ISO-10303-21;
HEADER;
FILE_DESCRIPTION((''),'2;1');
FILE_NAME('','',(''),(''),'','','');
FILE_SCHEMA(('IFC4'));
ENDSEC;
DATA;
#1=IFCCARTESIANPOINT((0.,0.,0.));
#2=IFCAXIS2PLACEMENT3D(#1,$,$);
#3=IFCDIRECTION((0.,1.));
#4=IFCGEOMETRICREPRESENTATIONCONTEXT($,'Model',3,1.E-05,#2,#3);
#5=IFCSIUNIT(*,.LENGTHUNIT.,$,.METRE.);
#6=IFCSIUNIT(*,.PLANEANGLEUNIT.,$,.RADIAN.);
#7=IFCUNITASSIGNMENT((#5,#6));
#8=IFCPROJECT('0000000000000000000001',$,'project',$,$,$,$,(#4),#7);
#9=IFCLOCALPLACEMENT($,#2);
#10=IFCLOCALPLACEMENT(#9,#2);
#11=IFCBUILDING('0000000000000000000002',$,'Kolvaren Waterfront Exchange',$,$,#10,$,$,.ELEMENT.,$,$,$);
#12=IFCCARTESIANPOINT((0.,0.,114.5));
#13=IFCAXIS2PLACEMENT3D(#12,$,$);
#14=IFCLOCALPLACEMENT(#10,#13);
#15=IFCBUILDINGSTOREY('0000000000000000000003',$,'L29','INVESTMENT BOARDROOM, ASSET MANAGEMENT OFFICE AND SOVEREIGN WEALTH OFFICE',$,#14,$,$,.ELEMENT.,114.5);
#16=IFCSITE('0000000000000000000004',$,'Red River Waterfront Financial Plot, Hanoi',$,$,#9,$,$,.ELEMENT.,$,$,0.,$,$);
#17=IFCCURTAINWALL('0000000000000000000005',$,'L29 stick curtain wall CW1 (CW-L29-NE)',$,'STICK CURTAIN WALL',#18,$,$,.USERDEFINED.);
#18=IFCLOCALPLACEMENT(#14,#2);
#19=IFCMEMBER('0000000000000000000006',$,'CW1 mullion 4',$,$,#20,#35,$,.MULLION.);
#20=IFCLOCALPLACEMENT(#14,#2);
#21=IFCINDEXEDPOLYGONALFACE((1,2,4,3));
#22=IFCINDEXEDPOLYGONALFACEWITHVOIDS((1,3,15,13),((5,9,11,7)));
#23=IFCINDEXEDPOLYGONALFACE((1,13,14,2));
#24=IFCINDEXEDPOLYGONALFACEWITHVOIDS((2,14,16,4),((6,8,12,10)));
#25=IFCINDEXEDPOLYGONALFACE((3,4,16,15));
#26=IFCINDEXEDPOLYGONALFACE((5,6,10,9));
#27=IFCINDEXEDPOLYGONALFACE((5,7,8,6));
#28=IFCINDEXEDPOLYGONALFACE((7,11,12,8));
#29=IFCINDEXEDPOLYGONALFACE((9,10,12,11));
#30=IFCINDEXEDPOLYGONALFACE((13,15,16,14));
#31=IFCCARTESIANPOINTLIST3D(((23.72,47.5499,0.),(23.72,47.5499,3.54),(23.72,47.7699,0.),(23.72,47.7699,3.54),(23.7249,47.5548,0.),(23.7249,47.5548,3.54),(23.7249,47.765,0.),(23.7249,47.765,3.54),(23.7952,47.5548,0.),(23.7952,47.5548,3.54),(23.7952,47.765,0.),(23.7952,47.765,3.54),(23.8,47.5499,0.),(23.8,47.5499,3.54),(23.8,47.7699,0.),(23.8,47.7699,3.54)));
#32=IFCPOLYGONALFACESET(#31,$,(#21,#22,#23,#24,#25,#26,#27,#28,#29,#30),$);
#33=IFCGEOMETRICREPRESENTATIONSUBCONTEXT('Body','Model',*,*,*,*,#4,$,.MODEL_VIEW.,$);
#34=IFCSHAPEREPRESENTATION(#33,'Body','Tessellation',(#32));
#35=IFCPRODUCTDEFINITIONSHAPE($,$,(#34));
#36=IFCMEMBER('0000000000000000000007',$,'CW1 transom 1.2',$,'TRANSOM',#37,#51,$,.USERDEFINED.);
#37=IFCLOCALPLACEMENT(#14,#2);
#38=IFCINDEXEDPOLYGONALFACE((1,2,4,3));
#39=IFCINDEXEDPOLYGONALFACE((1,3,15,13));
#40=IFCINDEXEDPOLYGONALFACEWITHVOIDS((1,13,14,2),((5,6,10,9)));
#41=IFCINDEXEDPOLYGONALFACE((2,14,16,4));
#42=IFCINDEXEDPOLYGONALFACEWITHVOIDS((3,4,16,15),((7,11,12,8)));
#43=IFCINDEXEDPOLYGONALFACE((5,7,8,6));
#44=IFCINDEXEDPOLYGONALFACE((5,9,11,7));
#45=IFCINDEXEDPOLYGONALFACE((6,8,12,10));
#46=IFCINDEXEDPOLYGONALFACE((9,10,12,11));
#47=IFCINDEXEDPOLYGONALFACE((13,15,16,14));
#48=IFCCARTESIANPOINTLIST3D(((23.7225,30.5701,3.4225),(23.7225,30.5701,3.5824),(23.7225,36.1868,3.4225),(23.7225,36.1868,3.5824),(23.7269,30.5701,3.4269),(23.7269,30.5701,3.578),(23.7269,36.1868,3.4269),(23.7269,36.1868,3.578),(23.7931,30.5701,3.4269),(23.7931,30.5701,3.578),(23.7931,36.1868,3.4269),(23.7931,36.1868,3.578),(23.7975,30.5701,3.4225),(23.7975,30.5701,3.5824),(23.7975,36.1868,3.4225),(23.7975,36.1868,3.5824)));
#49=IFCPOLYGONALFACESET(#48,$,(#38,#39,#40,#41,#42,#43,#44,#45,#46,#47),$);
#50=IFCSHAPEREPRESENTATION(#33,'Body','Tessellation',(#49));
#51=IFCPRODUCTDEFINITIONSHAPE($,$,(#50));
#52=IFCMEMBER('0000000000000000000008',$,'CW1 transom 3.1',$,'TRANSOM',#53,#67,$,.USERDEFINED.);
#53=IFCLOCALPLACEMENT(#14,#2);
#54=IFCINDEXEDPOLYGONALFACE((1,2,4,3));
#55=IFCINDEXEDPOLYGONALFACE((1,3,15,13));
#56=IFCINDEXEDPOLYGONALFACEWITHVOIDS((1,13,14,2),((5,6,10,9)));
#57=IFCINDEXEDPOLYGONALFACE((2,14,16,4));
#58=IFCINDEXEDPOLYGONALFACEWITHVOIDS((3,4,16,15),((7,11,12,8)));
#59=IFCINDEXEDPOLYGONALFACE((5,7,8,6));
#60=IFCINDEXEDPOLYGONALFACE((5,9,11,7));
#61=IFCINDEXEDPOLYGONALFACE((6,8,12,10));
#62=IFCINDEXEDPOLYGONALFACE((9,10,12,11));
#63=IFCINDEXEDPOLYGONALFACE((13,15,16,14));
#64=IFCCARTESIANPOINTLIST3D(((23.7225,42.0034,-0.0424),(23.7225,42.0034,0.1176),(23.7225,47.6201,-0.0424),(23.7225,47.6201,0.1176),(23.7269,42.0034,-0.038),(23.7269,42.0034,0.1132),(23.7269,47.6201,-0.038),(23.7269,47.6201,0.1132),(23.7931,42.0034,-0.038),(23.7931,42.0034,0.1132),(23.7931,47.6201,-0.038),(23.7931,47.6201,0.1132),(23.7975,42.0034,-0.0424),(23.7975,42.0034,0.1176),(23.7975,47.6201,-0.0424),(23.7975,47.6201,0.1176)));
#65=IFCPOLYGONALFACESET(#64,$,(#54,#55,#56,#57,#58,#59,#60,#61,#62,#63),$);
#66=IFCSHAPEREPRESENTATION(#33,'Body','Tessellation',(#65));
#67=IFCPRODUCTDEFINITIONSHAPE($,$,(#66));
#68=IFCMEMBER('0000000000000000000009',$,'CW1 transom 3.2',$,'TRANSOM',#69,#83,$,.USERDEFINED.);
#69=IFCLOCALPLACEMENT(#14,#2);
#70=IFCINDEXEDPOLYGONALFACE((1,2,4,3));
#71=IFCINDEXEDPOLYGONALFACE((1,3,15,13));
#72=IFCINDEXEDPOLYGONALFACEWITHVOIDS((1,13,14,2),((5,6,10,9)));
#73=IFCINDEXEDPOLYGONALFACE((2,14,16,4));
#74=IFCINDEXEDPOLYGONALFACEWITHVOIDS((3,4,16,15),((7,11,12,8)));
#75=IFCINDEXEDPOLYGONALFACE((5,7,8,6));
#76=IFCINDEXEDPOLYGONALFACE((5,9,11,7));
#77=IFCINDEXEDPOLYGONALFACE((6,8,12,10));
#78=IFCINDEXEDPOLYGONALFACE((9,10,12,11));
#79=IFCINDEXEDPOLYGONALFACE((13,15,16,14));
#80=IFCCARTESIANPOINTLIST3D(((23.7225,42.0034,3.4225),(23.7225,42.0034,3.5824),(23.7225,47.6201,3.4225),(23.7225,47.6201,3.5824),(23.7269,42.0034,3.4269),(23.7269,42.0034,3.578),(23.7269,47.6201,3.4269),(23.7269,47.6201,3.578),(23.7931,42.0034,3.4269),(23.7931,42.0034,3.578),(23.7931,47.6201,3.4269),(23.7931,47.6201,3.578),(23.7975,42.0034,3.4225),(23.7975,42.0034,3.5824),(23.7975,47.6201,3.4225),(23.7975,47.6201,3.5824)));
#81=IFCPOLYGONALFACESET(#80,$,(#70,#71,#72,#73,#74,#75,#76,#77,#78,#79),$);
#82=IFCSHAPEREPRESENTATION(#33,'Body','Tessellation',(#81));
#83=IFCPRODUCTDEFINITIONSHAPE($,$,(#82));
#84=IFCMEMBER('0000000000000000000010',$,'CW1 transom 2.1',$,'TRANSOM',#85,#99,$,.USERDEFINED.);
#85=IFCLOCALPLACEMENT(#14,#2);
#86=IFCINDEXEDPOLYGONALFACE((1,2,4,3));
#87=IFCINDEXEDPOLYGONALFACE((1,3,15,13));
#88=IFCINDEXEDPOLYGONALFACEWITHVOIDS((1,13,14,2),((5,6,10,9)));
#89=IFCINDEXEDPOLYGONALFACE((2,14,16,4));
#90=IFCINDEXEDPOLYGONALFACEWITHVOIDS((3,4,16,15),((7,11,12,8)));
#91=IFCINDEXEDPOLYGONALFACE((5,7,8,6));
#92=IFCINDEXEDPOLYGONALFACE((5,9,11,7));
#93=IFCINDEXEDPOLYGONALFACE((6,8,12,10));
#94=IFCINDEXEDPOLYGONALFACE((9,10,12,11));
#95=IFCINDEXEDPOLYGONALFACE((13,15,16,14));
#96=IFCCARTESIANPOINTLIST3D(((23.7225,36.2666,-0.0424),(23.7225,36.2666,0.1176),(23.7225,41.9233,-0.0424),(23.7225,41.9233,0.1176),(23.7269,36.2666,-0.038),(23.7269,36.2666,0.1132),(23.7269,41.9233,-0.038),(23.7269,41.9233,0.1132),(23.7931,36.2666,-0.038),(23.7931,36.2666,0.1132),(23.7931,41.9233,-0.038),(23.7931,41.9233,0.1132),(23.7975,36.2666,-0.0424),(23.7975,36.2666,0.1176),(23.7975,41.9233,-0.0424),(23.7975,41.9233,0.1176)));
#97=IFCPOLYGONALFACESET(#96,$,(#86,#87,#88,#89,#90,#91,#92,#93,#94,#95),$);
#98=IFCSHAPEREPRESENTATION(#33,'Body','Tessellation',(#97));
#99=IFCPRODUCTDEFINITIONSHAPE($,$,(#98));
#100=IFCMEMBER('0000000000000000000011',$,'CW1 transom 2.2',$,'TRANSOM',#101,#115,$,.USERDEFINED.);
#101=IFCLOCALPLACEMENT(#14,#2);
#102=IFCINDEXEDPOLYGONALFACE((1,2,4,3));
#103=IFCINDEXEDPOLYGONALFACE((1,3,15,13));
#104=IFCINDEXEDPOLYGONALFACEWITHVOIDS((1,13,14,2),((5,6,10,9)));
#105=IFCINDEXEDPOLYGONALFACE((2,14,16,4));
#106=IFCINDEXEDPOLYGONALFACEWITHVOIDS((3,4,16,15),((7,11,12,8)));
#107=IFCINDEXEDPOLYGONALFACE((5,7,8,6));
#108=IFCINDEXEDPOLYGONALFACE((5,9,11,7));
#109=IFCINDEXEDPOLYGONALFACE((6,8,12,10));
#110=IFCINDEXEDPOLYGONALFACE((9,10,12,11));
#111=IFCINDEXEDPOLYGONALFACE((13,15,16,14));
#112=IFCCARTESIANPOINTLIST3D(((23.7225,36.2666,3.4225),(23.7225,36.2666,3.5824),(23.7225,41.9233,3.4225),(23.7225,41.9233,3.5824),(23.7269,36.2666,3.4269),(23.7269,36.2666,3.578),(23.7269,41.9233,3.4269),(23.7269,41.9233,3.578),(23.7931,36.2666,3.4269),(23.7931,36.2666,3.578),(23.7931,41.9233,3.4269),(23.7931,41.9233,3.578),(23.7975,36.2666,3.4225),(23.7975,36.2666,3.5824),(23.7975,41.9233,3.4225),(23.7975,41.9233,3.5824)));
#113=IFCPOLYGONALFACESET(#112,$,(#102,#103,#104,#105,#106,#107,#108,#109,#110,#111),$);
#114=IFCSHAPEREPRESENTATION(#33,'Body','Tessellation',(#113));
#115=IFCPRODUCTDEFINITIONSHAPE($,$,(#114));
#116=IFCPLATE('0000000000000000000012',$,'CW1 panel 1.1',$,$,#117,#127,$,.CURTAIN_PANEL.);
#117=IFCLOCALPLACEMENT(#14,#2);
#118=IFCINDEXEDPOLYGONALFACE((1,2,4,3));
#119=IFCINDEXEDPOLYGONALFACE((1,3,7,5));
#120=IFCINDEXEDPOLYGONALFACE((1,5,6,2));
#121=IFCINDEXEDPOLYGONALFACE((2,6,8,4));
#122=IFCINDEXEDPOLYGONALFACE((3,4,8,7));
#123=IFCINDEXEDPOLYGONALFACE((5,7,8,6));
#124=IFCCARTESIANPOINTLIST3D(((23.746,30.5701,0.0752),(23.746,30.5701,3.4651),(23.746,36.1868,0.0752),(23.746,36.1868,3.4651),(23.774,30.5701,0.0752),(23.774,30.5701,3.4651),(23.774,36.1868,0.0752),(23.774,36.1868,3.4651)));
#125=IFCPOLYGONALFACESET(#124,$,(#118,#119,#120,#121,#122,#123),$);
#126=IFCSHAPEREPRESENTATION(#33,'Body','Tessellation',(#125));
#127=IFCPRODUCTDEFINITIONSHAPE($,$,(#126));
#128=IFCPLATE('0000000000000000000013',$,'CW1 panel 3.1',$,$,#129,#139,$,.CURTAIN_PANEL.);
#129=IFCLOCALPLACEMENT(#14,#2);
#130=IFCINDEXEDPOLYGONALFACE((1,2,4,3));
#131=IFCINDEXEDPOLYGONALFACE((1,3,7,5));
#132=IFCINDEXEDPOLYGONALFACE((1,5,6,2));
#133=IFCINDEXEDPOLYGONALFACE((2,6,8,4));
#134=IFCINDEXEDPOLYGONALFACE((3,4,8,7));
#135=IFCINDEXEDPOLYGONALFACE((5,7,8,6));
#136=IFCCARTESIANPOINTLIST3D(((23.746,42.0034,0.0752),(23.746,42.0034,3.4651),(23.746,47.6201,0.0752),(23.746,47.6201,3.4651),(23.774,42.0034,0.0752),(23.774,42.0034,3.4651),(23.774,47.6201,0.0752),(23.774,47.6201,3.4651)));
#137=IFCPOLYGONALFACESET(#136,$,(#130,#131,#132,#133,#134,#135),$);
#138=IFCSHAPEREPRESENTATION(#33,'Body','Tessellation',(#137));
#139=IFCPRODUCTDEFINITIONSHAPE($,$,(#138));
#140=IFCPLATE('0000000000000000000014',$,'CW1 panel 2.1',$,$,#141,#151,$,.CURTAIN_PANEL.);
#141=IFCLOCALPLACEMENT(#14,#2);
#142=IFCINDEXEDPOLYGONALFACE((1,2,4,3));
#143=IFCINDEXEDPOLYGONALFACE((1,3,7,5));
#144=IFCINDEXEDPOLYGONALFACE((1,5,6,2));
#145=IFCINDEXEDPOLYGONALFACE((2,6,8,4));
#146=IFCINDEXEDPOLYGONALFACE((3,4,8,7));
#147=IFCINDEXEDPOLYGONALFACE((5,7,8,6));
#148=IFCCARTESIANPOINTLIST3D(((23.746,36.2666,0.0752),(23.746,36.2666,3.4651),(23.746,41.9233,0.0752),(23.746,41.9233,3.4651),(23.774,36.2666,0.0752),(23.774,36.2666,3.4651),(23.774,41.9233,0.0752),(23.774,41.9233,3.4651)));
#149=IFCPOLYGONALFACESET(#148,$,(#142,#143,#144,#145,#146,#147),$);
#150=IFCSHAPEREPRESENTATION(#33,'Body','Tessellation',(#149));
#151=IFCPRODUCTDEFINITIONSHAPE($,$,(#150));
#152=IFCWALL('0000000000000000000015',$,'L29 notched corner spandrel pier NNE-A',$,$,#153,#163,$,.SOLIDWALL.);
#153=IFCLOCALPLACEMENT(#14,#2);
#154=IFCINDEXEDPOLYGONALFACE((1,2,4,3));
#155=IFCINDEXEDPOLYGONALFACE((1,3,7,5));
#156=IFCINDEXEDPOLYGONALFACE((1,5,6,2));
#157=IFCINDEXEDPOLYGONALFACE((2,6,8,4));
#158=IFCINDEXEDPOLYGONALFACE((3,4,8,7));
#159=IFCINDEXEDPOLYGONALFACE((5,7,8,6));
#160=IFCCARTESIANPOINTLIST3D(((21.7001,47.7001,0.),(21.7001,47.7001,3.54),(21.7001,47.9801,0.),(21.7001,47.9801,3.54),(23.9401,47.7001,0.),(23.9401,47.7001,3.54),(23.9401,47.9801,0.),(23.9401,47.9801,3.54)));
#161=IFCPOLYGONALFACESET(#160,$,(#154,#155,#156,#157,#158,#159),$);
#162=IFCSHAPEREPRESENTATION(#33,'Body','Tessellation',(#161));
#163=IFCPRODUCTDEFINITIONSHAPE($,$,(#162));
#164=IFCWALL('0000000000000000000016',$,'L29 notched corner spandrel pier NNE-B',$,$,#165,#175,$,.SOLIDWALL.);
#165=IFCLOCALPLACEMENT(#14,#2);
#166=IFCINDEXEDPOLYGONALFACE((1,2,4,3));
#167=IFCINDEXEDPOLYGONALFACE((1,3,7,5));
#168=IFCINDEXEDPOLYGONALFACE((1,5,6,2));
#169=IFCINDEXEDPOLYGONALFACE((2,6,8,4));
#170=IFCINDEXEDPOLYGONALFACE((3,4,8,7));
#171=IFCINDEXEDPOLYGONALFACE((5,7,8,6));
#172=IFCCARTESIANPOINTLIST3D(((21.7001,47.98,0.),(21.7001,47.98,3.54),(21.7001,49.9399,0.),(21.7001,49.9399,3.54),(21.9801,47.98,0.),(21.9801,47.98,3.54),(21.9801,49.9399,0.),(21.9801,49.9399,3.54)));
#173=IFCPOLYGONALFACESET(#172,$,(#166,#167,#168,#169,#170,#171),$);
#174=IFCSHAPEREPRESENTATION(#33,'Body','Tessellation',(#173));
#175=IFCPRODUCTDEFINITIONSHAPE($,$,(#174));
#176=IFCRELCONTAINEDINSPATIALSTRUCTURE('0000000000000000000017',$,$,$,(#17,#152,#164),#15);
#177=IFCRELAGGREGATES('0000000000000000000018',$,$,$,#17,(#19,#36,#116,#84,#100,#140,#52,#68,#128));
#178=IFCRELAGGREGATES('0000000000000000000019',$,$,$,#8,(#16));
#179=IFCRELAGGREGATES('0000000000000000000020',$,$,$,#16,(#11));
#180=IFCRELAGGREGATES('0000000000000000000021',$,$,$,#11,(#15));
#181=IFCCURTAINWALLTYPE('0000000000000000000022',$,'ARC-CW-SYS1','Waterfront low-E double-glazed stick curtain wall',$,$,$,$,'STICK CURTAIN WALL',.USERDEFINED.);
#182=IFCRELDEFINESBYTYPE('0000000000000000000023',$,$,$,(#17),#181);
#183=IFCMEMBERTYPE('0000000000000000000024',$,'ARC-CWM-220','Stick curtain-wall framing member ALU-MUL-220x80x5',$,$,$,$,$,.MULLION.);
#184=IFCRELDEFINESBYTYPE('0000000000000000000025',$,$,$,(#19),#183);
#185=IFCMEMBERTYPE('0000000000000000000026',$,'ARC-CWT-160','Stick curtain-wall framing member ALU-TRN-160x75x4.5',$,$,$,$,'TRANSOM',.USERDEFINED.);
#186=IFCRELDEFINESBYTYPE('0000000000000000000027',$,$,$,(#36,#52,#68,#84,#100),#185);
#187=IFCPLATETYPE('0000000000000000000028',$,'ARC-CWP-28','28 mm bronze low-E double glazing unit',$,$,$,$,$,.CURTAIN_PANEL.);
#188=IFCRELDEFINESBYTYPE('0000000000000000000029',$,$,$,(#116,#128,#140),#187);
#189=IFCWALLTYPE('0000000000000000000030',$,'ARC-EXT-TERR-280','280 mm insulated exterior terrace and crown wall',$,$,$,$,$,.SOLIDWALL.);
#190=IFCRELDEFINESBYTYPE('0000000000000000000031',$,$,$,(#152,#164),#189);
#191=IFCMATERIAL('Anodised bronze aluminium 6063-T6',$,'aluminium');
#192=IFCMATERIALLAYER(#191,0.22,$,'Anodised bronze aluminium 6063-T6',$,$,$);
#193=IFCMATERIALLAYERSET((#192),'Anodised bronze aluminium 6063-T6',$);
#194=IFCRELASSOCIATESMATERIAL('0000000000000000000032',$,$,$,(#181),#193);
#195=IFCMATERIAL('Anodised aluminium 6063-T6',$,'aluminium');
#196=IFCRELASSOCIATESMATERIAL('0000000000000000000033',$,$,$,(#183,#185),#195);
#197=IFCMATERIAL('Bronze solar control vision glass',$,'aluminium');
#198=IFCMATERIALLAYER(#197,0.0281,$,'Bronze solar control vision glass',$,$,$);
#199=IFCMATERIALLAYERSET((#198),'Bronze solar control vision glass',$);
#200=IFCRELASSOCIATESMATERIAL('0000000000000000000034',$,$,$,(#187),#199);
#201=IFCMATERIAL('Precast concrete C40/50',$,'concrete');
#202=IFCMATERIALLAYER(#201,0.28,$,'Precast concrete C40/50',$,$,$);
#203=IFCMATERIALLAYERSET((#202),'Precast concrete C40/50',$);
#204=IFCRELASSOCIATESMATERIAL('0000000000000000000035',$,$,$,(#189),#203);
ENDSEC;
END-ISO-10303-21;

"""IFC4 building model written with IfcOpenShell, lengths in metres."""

from ifc_helpers import new_model, si_unit, direction, frame, frame_2d, origin, origin_with_axes, origin_2d, place, context, subcontext, project, spatial, rectangle, hollow_rectangle, extrude, source, transform, mapped, material, layer, layer_set, material_profile, profile_set, type_object, element, aggregate, save


model = new_model("IFC4")

# Units and contexts
model_context = context("Model", 3, precision=1e-05, world=origin(), true_north=direction((0.0, 1.0)))
body_context = subcontext(model_context, "Body", "Model", "MODEL_VIEW")
ifc_project = project(units=[si_unit("LENGTHUNIT", "METRE"), si_unit("PLANEANGLEUNIT", "RADIAN")], contexts=[model_context])

# Site, building, storey
site_placement = place(None, origin())
site = spatial("IfcSite", under=ifc_project, at=site_placement, Name="Red River Waterfront Financial Plot, Hanoi", CompositionType="ELEMENT", RefElevation=0.0)
building_placement = place(site_placement, origin())
building = spatial("IfcBuilding", under=site, at=building_placement, Name="Kolvaren Waterfront Exchange", CompositionType="ELEMENT")
storey_placement = place(building_placement, frame((0.0, 0.0, 114.5)))
storey = spatial("IfcBuildingStorey", under=building, at=storey_placement, Name="L29", Description="INVESTMENT BOARDROOM, ASSET MANAGEMENT OFFICE AND SOVEREIGN WEALTH OFFICE", CompositionType="ELEMENT", Elevation=114.5)

# Curtain wall, members, plates
ifc_material_1 = material(Name="Anodised bronze aluminium 6063-T6", Category="aluminium")
ifc_layer_1 = layer(ifc_material_1, 0.22, Name="Anodised bronze aluminium 6063-T6")
ifc_layer_set_1 = layer_set([ifc_layer_1], Name="Anodised bronze aluminium 6063-T6")
curtain_wall_type = type_object("IfcCurtainWallType", Name="ARC-CW-SYS1", Description="Waterfront low-E double-glazed stick curtain wall", ElementType="STICK CURTAIN WALL", PredefinedType="USERDEFINED", material=ifc_layer_set_1)
curtain_wall_placement = place(storey_placement, origin())
curtain_wall = element("IfcCurtainWall", 1, at=curtain_wall_placement, inside=storey, type_object=curtain_wall_type, Name="L29 stick curtain wall CW1 (CW-L29-NE)", ObjectType="STICK CURTAIN WALL", PredefinedType="USERDEFINED")
ifc_material_2 = material(Name="Anodised aluminium 6063-T6", Category="aluminium")
ifc_material_profile_1 = material_profile(ifc_material_2, hollow_rectangle(XDim=0.0801, YDim=0.22, WallThickness=0.0049, at=origin_2d()), Name="ALU-MUL-220x80x5")
ifc_profile_set_1 = profile_set([ifc_material_profile_1], Name="Anodised aluminium 6063-T6")
member_type_1 = type_object("IfcMemberType", Name="ARC-CWM-220", Description="Stick curtain-wall framing member ALU-MUL-220x80x5", PredefinedType="MULLION", material=ifc_profile_set_1)
shared_shape_1 = source(origin_with_axes(), body_context, "Body", "SweptSolid", [
    extrude(hollow_rectangle(XDim=0.0801, YDim=0.22, WallThickness=0.0049, at=origin_2d()), origin(), (0.0, 0.0, 1.0), 3.54),
])
member_1_placement = place(storey_placement, frame((23.76, 47.6599, 0.0), z_axis=(0.0, 0.0, 1.0), x_axis=(-1.0, 0.0, 0.0)))
member_1 = element("IfcMember", 2, at=member_1_placement, type_object=member_type_1, Name="CW1 mullion 4", PredefinedType="MULLION", context=body_context, shape_type="MappedRepresentation", body=[
    mapped(shared_shape_1, transform((0.0, 0.0, 0.0), x_axis=(1.0, 0.0, 0.0), y_axis=(0.0, 1.0, 0.0), z_axis=(0.0, 0.0, 1.0), scale=1.0)),
])
ifc_material_profile_2 = material_profile(ifc_material_2, hollow_rectangle(XDim=0.075, YDim=0.1599, WallThickness=0.0044, at=origin_2d()), Name="ALU-TRN-160x75x4.5")
ifc_profile_set_2 = profile_set([ifc_material_profile_2], Name="Anodised aluminium 6063-T6")
member_type_2 = type_object("IfcMemberType", Name="ARC-CWT-160", Description="Stick curtain-wall framing member ALU-TRN-160x75x4.5", ElementType="TRANSOM", PredefinedType="USERDEFINED", material=ifc_profile_set_2)
shared_shape_2 = source(origin_with_axes(), body_context, "Body", "SweptSolid", [
    extrude(hollow_rectangle(XDim=0.075, YDim=0.1599, WallThickness=0.0044, at=origin_2d()), origin(), (0.0, 0.0, 1.0), 5.6167),
])
member_2_placement = place(storey_placement, frame((23.76, 30.5701, 3.5024), z_axis=(0.0, 1.0, 0.0), x_axis=(-1.0, 0.0, 0.0)))
member_2 = element("IfcMember", 3, at=member_2_placement, type_object=member_type_2, Name="CW1 transom 1.2", ObjectType="TRANSOM", PredefinedType="USERDEFINED", context=body_context, shape_type="MappedRepresentation", body=[
    mapped(shared_shape_2, transform((0.0, 0.0, 0.0), x_axis=(1.0, 0.0, 0.0), y_axis=(0.0, 1.0, 0.0), z_axis=(0.0, 0.0, 1.0), scale=1.0)),
])
member_3_placement = place(storey_placement, frame((23.76, 42.0034, 0.0376), z_axis=(0.0, 1.0, 0.0), x_axis=(-1.0, 0.0, 0.0)))
member_3 = element("IfcMember", 4, at=member_3_placement, type_object=member_type_2, Name="CW1 transom 3.1", ObjectType="TRANSOM", PredefinedType="USERDEFINED", context=body_context, shape_type="MappedRepresentation", body=[
    mapped(shared_shape_2, transform((0.0, 0.0, 0.0), x_axis=(1.0, 0.0, 0.0), y_axis=(0.0, 1.0, 0.0), z_axis=(0.0, 0.0, 1.0), scale=1.0)),
])
member_4_placement = place(storey_placement, frame((23.76, 42.0034, 3.5024), z_axis=(0.0, 1.0, 0.0), x_axis=(-1.0, 0.0, 0.0)))
member_4 = element("IfcMember", 5, at=member_4_placement, type_object=member_type_2, Name="CW1 transom 3.2", ObjectType="TRANSOM", PredefinedType="USERDEFINED", context=body_context, shape_type="MappedRepresentation", body=[
    mapped(shared_shape_2, transform((0.0, 0.0, 0.0), x_axis=(1.0, 0.0, 0.0), y_axis=(0.0, 1.0, 0.0), z_axis=(0.0, 0.0, 1.0), scale=1.0)),
])
shared_shape_3 = source(origin_with_axes(), body_context, "Body", "SweptSolid", [
    extrude(hollow_rectangle(XDim=0.075, YDim=0.1599, WallThickness=0.0044, at=origin_2d()), origin(), (0.0, 0.0, 1.0), 5.6567),
])
member_5_placement = place(storey_placement, frame((23.76, 36.2666, 0.0376), z_axis=(0.0, 1.0, 0.0), x_axis=(-1.0, 0.0, 0.0)))
member_5 = element("IfcMember", 6, at=member_5_placement, type_object=member_type_2, Name="CW1 transom 2.1", ObjectType="TRANSOM", PredefinedType="USERDEFINED", context=body_context, shape_type="MappedRepresentation", body=[
    mapped(shared_shape_3, transform((0.0, 0.0, 0.0), x_axis=(1.0, 0.0, 0.0), y_axis=(0.0, 1.0, 0.0), z_axis=(0.0, 0.0, 1.0), scale=1.0)),
])
member_6_placement = place(storey_placement, frame((23.76, 36.2666, 3.5024), z_axis=(0.0, 1.0, 0.0), x_axis=(-1.0, 0.0, 0.0)))
member_6 = element("IfcMember", 7, at=member_6_placement, type_object=member_type_2, Name="CW1 transom 2.2", ObjectType="TRANSOM", PredefinedType="USERDEFINED", context=body_context, shape_type="MappedRepresentation", body=[
    mapped(shared_shape_3, transform((0.0, 0.0, 0.0), x_axis=(1.0, 0.0, 0.0), y_axis=(0.0, 1.0, 0.0), z_axis=(0.0, 0.0, 1.0), scale=1.0)),
])
ifc_material_3 = material(Name="Bronze solar control vision glass", Category="aluminium")
ifc_layer_2 = layer(ifc_material_3, 0.0281, Name="Bronze solar control vision glass")
ifc_layer_set_2 = layer_set([ifc_layer_2], Name="Bronze solar control vision glass")
plate_type = type_object("IfcPlateType", Name="ARC-CWP-28", Description="28 mm bronze low-E double glazing unit", PredefinedType="CURTAIN_PANEL", material=ifc_layer_set_2)
shared_shape_4 = source(origin_with_axes(), body_context, "Body", "SweptSolid", [
    extrude(rectangle(XDim=5.6167, YDim=0.0281, at=origin_2d()), origin(), (0.0, 0.0, 1.0), 3.3899),
])
plate_1_placement = place(storey_placement, frame((23.76, 33.3784, 0.0752), z_axis=(0.0, 0.0, 1.0), x_axis=(0.0, 1.0, 0.0)))
plate_1 = element("IfcPlate", 8, at=plate_1_placement, type_object=plate_type, Name="CW1 panel 1.1", PredefinedType="CURTAIN_PANEL", context=body_context, shape_type="MappedRepresentation", body=[
    mapped(shared_shape_4, transform((0.0, 0.0, 0.0), x_axis=(1.0, 0.0, 0.0), y_axis=(0.0, 1.0, 0.0), z_axis=(0.0, 0.0, 1.0), scale=1.0)),
])
plate_2_placement = place(storey_placement, frame((23.76, 44.8118, 0.0752), z_axis=(0.0, 0.0, 1.0), x_axis=(0.0, 1.0, 0.0)))
plate_2 = element("IfcPlate", 9, at=plate_2_placement, type_object=plate_type, Name="CW1 panel 3.1", PredefinedType="CURTAIN_PANEL", context=body_context, shape_type="MappedRepresentation", body=[
    mapped(shared_shape_4, transform((0.0, 0.0, 0.0), x_axis=(1.0, 0.0, 0.0), y_axis=(0.0, 1.0, 0.0), z_axis=(0.0, 0.0, 1.0), scale=1.0)),
])
shared_shape_5 = source(origin_with_axes(), body_context, "Body", "SweptSolid", [
    extrude(rectangle(XDim=5.6567, YDim=0.0281, at=origin_2d()), origin(), (0.0, 0.0, 1.0), 3.3899),
])
plate_3_placement = place(storey_placement, frame((23.76, 39.095, 0.0752), z_axis=(0.0, 0.0, 1.0), x_axis=(0.0, 1.0, 0.0)))
plate_3 = element("IfcPlate", 10, at=plate_3_placement, type_object=plate_type, Name="CW1 panel 2.1", PredefinedType="CURTAIN_PANEL", context=body_context, shape_type="MappedRepresentation", body=[
    mapped(shared_shape_5, transform((0.0, 0.0, 0.0), x_axis=(1.0, 0.0, 0.0), y_axis=(0.0, 1.0, 0.0), z_axis=(0.0, 0.0, 1.0), scale=1.0)),
])
aggregate(curtain_wall, [member_1, member_2, plate_1, member_5, member_6, plate_3, member_3, member_4, plate_2])

# Walls
ifc_material_4 = material(Name="Precast concrete C40/50", Category="concrete")
ifc_layer_3 = layer(ifc_material_4, 0.28, Name="Precast concrete C40/50")
ifc_layer_set_3 = layer_set([ifc_layer_3], Name="Precast concrete C40/50")
wall_type = type_object("IfcWallType", Name="ARC-EXT-TERR-280", Description="280 mm insulated exterior terrace and crown wall", PredefinedType="SOLIDWALL", material=ifc_layer_set_3)
wall_1_placement = place(storey_placement, frame((21.7, 47.8401, 0.0), z_axis=(0.0, 0.0, 1.0), x_axis=(1.0, 0.0, 0.0)))
element("IfcWall", 11, at=wall_1_placement, inside=storey, type_object=wall_type, Name="L29 notched corner spandrel pier NNE-A", PredefinedType="SOLIDWALL", context=body_context, shape_type="SweptSolid", body=[
    extrude(rectangle(XDim=2.24, YDim=0.28, at=frame_2d((1.1201, 0.0))), origin(), (0.0, 0.0, 1.0), 3.54),
])
wall_2_placement = place(storey_placement, frame((21.8401, 47.98, 0.0), z_axis=(0.0, 0.0, 1.0), x_axis=(0.0, 1.0, 0.0)))
element("IfcWall", 12, at=wall_2_placement, inside=storey, type_object=wall_type, Name="L29 notched corner spandrel pier NNE-B", PredefinedType="SOLIDWALL", context=body_context, shape_type="SweptSolid", body=[
    extrude(rectangle(XDim=1.96, YDim=0.28, at=frame_2d((0.98, 0.0))), origin(), (0.0, 0.0, 1.0), 3.54),
])

save(model, "model.ifc")
